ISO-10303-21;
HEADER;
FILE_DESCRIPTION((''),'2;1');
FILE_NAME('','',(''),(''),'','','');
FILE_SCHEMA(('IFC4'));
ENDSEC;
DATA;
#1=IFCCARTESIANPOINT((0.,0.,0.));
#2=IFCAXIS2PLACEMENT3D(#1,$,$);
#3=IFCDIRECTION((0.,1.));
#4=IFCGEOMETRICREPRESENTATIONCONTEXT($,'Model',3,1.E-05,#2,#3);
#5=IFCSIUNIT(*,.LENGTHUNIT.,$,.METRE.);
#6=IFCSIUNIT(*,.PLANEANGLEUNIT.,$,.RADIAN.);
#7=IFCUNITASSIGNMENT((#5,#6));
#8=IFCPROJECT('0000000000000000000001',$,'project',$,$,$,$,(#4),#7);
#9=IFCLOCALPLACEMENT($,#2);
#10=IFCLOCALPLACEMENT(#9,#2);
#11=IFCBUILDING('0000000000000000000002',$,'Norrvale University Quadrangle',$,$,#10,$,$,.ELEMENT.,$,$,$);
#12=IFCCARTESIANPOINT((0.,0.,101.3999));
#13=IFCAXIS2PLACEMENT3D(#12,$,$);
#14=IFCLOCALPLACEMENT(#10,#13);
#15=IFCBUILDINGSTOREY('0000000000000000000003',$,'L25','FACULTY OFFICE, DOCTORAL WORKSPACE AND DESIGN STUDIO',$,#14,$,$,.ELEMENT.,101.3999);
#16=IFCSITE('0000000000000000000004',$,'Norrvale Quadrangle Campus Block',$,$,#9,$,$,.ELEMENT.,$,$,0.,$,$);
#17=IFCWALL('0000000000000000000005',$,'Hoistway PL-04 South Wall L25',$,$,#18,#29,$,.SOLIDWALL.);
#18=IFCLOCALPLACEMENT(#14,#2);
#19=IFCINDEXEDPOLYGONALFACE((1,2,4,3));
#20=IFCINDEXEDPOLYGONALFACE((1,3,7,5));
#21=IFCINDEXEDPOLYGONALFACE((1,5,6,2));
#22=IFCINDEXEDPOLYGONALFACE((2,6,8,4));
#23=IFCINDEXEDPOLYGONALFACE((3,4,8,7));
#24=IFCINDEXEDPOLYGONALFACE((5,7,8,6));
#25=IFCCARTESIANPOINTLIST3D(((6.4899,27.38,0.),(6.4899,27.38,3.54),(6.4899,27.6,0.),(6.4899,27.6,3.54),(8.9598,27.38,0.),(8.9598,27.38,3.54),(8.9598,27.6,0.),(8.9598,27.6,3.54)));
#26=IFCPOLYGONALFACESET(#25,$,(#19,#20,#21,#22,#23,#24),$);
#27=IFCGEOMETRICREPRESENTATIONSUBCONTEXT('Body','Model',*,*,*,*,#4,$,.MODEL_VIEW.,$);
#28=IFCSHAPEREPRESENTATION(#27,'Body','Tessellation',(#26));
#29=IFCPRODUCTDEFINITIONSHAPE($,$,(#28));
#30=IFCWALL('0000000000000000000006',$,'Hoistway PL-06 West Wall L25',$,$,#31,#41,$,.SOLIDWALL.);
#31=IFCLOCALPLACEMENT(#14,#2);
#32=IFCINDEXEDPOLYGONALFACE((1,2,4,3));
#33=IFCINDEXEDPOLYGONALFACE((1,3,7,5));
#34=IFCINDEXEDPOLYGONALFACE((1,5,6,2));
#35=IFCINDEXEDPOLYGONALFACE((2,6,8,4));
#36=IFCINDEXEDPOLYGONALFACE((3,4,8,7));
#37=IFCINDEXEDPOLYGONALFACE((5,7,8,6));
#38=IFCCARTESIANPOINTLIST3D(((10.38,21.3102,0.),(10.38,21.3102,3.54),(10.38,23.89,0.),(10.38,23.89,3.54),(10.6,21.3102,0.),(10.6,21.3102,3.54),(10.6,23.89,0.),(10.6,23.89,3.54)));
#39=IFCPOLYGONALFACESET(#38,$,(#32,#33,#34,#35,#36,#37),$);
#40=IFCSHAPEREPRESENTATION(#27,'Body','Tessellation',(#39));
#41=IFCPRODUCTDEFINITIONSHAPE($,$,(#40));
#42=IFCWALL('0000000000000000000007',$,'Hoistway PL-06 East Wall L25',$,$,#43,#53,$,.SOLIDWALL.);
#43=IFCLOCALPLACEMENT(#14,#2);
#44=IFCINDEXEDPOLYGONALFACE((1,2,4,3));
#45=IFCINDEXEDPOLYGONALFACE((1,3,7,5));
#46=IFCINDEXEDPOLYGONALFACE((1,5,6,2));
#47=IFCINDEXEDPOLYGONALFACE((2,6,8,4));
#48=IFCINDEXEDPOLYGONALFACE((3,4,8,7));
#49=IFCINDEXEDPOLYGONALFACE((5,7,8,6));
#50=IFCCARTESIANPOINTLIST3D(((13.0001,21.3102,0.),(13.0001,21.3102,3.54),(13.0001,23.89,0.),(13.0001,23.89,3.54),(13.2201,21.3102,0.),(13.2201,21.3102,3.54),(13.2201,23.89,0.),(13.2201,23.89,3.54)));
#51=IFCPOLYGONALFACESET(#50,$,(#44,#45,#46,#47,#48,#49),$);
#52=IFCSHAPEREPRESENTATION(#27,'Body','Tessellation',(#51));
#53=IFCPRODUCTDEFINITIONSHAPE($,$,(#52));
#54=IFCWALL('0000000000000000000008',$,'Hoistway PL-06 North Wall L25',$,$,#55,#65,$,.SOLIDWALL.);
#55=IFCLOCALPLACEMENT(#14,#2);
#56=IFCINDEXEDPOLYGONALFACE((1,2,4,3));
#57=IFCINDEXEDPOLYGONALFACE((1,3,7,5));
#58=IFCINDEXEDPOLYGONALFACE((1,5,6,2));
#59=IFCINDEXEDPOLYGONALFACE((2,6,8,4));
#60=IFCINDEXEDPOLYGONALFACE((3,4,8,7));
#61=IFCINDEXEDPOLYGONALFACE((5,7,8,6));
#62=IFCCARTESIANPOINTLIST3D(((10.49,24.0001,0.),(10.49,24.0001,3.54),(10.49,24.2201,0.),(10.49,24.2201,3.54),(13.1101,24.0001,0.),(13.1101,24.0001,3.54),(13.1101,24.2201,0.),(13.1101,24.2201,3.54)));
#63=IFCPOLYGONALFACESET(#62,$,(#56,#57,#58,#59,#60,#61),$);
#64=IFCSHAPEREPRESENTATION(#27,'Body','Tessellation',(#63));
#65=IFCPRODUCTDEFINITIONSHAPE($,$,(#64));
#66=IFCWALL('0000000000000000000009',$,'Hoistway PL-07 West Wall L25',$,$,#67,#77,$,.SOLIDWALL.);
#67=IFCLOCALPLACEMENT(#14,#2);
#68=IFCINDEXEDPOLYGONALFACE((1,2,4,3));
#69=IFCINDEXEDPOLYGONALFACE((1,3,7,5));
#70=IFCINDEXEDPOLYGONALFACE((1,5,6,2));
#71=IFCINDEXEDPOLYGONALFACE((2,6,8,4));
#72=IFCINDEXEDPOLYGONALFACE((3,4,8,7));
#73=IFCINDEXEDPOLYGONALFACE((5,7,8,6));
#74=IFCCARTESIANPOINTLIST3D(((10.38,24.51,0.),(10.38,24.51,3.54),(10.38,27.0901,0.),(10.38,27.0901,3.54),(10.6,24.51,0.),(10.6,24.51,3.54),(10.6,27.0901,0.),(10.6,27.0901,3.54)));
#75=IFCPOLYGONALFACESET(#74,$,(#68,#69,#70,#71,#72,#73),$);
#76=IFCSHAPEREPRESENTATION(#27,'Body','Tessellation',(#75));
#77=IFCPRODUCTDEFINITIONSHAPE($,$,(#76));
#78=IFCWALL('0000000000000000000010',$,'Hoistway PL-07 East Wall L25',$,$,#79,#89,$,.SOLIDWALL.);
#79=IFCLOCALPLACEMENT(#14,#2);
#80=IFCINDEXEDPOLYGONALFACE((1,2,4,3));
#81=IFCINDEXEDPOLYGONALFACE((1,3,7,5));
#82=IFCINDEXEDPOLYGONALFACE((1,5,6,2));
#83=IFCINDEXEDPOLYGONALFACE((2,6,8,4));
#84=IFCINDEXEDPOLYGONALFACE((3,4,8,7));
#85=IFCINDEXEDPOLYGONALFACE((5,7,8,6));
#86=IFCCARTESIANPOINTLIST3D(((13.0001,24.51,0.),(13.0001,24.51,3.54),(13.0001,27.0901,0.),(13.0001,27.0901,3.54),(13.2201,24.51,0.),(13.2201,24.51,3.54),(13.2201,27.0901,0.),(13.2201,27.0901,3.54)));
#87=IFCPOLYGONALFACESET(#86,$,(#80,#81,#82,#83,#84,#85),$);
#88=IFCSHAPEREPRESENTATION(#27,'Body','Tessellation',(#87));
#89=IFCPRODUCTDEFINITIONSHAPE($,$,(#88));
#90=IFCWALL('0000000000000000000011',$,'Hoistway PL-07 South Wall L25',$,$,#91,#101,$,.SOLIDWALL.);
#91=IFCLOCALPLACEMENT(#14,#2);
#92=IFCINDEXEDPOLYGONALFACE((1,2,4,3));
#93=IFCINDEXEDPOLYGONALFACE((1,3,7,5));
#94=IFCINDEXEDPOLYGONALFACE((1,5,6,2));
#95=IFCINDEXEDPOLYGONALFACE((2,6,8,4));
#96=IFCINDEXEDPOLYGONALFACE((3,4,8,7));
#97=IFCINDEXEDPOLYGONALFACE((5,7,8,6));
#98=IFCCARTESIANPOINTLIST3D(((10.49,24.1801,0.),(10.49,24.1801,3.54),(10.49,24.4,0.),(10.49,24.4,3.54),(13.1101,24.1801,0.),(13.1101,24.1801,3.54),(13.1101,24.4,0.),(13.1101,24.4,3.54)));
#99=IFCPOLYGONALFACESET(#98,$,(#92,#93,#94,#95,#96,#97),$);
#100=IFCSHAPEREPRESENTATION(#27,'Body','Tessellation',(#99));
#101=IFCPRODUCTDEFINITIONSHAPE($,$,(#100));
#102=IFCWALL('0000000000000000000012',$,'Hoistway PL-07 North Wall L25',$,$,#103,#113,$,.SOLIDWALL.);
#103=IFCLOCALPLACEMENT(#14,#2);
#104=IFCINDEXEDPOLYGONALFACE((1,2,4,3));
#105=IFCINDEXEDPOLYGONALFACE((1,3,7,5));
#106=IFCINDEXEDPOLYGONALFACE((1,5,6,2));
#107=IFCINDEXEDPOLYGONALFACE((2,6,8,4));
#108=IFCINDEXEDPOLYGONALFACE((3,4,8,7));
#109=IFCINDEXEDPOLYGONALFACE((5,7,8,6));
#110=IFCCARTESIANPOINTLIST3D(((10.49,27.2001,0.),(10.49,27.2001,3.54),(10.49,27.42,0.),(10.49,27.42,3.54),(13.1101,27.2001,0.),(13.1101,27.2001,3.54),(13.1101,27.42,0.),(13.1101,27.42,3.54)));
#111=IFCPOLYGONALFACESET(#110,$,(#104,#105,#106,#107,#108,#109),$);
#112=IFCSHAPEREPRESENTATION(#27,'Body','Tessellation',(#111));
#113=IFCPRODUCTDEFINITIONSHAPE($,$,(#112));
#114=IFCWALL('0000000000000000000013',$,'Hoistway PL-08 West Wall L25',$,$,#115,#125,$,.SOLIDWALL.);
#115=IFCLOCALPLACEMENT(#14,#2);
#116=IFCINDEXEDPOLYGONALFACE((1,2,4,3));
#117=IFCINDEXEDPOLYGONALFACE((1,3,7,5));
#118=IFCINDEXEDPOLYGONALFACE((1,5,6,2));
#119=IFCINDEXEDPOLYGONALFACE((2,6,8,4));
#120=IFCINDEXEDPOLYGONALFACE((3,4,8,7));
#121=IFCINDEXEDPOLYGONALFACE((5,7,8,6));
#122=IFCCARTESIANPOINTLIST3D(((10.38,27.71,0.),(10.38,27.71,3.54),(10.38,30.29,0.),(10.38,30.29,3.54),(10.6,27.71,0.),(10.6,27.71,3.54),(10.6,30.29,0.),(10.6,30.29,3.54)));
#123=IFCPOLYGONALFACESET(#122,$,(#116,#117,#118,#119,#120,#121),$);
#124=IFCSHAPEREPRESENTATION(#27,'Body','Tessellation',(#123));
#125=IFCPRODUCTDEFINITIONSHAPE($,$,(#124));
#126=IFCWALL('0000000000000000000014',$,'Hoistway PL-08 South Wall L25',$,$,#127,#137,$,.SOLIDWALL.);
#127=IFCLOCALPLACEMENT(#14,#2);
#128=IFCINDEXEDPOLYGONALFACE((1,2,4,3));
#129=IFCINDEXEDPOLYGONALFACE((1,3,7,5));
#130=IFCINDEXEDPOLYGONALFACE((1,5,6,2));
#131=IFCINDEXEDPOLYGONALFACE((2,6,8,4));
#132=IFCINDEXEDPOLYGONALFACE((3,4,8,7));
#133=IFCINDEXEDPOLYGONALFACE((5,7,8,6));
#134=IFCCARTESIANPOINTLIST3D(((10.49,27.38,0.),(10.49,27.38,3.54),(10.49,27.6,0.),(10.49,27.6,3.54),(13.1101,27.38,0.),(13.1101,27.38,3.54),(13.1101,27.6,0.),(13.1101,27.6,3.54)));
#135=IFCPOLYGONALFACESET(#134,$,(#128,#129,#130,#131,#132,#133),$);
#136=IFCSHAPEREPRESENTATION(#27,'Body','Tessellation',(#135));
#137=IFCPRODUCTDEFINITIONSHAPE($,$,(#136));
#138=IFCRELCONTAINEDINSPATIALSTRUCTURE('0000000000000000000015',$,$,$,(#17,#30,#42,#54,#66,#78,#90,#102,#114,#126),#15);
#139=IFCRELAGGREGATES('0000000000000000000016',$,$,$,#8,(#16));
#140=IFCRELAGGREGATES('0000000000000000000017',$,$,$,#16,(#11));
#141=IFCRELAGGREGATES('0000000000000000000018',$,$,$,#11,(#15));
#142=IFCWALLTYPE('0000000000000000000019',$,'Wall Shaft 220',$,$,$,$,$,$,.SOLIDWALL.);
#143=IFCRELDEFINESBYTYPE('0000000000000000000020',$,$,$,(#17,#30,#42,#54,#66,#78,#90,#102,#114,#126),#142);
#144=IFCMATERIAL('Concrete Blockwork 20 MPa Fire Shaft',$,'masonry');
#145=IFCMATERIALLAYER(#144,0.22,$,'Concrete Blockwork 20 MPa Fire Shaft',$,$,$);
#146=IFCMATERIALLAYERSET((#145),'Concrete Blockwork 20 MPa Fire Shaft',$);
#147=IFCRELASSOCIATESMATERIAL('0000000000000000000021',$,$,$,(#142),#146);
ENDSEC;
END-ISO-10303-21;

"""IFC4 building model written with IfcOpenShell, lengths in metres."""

from ifc_helpers import new_model, si_unit, direction, frame, frame_2d, origin, place, context, subcontext, project, spatial, rectangle, extrude, material, layer, layer_set, type_object, element, save


model = new_model("IFC4")

# Units and contexts
model_context = context("Model", 3, precision=1e-05, world=origin(), true_north=direction((0.0, 1.0)))
body_context = subcontext(model_context, "Body", "Model", "MODEL_VIEW")
ifc_project = project(units=[si_unit("LENGTHUNIT", "METRE"), si_unit("PLANEANGLEUNIT", "RADIAN")], contexts=[model_context])

# Site, building, storey
site_placement = place(None, origin())
site = spatial("IfcSite", under=ifc_project, at=site_placement, Name="Norrvale Quadrangle Campus Block", CompositionType="ELEMENT", RefElevation=0.0)
building_placement = place(site_placement, origin())
building = spatial("IfcBuilding", under=site, at=building_placement, Name="Norrvale University Quadrangle", CompositionType="ELEMENT")
storey_placement = place(building_placement, frame((0.0, 0.0, 101.3999)))
storey = spatial("IfcBuildingStorey", under=building, at=storey_placement, Name="L25", Description="FACULTY OFFICE, DOCTORAL WORKSPACE AND DESIGN STUDIO", CompositionType="ELEMENT", Elevation=101.3999)

# Shared definitions
ifc_material_1 = material(Name="Concrete Blockwork 20 MPa Fire Shaft", Category="masonry")
ifc_layer = layer(ifc_material_1, 0.22, Name="Concrete Blockwork 20 MPa Fire Shaft")
ifc_layer_set = layer_set([ifc_layer], Name="Concrete Blockwork 20 MPa Fire Shaft")
wall_type = type_object("IfcWallType", Name="Wall Shaft 220", PredefinedType="SOLIDWALL", material=ifc_layer_set)

# Walls
wall_1_placement = place(storey_placement, frame((6.49, 27.49, 0.0), z_axis=(0.0, 0.0, 1.0), x_axis=(1.0, 0.0, 0.0)))
element("IfcWall", 1, at=wall_1_placement, inside=storey, type_object=wall_type, Name="Hoistway PL-04 South Wall L25", PredefinedType="SOLIDWALL", context=body_context, shape_type="SweptSolid", body=[
    extrude(rectangle(XDim=2.47, YDim=0.22, at=frame_2d((1.2349, 0.0))), origin(), (0.0, 0.0, 1.0), 3.54),
])
for number, where, z_axis, x_axis, name in (
    (2, (10.49, 21.3101, 0.0), (0.0, 0.0, 1.0), (0.0, 1.0, 0.0), "Hoistway PL-06 West Wall L25"),
    (3, (13.1101, 21.3101, 0.0), (0.0, 0.0, 1.0), (0.0, 1.0, 0.0), "Hoistway PL-06 East Wall L25"),
):
    element("IfcWall", number, at=place(storey_placement, frame(where, z_axis=z_axis, x_axis=x_axis)), inside=storey, type_object=wall_type, Name=name, PredefinedType="SOLIDWALL", context=body_context, shape_type="SweptSolid", body=[
        extrude(rectangle(XDim=2.5798, YDim=0.22, at=frame_2d((1.29, 0.0))), origin(), (0.0, 0.0, 1.0), 3.54),
    ])
wall_2_placement = place(storey_placement, frame((10.49, 24.1101, 0.0), z_axis=(0.0, 0.0, 1.0), x_axis=(1.0, 0.0, 0.0)))
element("IfcWall", 4, at=wall_2_placement, inside=storey, type_object=wall_type, Name="Hoistway PL-06 North Wall L25", PredefinedType="SOLIDWALL", context=body_context, shape_type="SweptSolid", body=[
    extrude(rectangle(XDim=2.6201, YDim=0.22, at=frame_2d((1.3101, 0.0))), origin(), (0.0, 0.0, 1.0), 3.54),
])
for number, where, z_axis, x_axis, name in (
    (5, (10.49, 24.51, 0.0), (0.0, 0.0, 1.0), (0.0, 1.0, 0.0), "Hoistway PL-07 West Wall L25"),
    (6, (13.1101, 24.51, 0.0), (0.0, 0.0, 1.0), (0.0, 1.0, 0.0), "Hoistway PL-07 East Wall L25"),
):
    element("IfcWall", number, at=place(storey_placement, frame(where, z_axis=z_axis, x_axis=x_axis)), inside=storey, type_object=wall_type, Name=name, PredefinedType="SOLIDWALL", context=body_context, shape_type="SweptSolid", body=[
        extrude(rectangle(XDim=2.5801, YDim=0.22, at=frame_2d((1.29, 0.0))), origin(), (0.0, 0.0, 1.0), 3.54),
    ])
for number, where, z_axis, x_axis, name in (
    (7, (10.49, 24.29, 0.0), (0.0, 0.0, 1.0), (1.0, 0.0, 0.0), "Hoistway PL-07 South Wall L25"),
    (8, (10.49, 27.3101, 0.0), (0.0, 0.0, 1.0), (1.0, 0.0, 0.0), "Hoistway PL-07 North Wall L25"),
):
    element("IfcWall", number, at=place(storey_placement, frame(where, z_axis=z_axis, x_axis=x_axis)), inside=storey, type_object=wall_type, Name=name, PredefinedType="SOLIDWALL", context=body_context, shape_type="SweptSolid", body=[
        extrude(rectangle(XDim=2.6201, YDim=0.22, at=frame_2d((1.3101, 0.0))), origin(), (0.0, 0.0, 1.0), 3.54),
    ])
wall_3_placement = place(storey_placement, frame((10.49, 27.71, 0.0), z_axis=(0.0, 0.0, 1.0), x_axis=(0.0, 1.0, 0.0)))
element("IfcWall", 9, at=wall_3_placement, inside=storey, type_object=wall_type, Name="Hoistway PL-08 West Wall L25", PredefinedType="SOLIDWALL", context=body_context, shape_type="SweptSolid", body=[
    extrude(rectangle(XDim=2.5801, YDim=0.22, at=frame_2d((1.29, 0.0))), origin(), (0.0, 0.0, 1.0), 3.54),
])
wall_4_placement = place(storey_placement, frame((10.49, 27.49, 0.0), z_axis=(0.0, 0.0, 1.0), x_axis=(1.0, 0.0, 0.0)))
element("IfcWall", 10, at=wall_4_placement, inside=storey, type_object=wall_type, Name="Hoistway PL-08 South Wall L25", PredefinedType="SOLIDWALL", context=body_context, shape_type="SweptSolid", body=[
    extrude(rectangle(XDim=2.6201, YDim=0.22, at=frame_2d((1.3101, 0.0))), origin(), (0.0, 0.0, 1.0), 3.54),
])

save(model, "model.ifc")
